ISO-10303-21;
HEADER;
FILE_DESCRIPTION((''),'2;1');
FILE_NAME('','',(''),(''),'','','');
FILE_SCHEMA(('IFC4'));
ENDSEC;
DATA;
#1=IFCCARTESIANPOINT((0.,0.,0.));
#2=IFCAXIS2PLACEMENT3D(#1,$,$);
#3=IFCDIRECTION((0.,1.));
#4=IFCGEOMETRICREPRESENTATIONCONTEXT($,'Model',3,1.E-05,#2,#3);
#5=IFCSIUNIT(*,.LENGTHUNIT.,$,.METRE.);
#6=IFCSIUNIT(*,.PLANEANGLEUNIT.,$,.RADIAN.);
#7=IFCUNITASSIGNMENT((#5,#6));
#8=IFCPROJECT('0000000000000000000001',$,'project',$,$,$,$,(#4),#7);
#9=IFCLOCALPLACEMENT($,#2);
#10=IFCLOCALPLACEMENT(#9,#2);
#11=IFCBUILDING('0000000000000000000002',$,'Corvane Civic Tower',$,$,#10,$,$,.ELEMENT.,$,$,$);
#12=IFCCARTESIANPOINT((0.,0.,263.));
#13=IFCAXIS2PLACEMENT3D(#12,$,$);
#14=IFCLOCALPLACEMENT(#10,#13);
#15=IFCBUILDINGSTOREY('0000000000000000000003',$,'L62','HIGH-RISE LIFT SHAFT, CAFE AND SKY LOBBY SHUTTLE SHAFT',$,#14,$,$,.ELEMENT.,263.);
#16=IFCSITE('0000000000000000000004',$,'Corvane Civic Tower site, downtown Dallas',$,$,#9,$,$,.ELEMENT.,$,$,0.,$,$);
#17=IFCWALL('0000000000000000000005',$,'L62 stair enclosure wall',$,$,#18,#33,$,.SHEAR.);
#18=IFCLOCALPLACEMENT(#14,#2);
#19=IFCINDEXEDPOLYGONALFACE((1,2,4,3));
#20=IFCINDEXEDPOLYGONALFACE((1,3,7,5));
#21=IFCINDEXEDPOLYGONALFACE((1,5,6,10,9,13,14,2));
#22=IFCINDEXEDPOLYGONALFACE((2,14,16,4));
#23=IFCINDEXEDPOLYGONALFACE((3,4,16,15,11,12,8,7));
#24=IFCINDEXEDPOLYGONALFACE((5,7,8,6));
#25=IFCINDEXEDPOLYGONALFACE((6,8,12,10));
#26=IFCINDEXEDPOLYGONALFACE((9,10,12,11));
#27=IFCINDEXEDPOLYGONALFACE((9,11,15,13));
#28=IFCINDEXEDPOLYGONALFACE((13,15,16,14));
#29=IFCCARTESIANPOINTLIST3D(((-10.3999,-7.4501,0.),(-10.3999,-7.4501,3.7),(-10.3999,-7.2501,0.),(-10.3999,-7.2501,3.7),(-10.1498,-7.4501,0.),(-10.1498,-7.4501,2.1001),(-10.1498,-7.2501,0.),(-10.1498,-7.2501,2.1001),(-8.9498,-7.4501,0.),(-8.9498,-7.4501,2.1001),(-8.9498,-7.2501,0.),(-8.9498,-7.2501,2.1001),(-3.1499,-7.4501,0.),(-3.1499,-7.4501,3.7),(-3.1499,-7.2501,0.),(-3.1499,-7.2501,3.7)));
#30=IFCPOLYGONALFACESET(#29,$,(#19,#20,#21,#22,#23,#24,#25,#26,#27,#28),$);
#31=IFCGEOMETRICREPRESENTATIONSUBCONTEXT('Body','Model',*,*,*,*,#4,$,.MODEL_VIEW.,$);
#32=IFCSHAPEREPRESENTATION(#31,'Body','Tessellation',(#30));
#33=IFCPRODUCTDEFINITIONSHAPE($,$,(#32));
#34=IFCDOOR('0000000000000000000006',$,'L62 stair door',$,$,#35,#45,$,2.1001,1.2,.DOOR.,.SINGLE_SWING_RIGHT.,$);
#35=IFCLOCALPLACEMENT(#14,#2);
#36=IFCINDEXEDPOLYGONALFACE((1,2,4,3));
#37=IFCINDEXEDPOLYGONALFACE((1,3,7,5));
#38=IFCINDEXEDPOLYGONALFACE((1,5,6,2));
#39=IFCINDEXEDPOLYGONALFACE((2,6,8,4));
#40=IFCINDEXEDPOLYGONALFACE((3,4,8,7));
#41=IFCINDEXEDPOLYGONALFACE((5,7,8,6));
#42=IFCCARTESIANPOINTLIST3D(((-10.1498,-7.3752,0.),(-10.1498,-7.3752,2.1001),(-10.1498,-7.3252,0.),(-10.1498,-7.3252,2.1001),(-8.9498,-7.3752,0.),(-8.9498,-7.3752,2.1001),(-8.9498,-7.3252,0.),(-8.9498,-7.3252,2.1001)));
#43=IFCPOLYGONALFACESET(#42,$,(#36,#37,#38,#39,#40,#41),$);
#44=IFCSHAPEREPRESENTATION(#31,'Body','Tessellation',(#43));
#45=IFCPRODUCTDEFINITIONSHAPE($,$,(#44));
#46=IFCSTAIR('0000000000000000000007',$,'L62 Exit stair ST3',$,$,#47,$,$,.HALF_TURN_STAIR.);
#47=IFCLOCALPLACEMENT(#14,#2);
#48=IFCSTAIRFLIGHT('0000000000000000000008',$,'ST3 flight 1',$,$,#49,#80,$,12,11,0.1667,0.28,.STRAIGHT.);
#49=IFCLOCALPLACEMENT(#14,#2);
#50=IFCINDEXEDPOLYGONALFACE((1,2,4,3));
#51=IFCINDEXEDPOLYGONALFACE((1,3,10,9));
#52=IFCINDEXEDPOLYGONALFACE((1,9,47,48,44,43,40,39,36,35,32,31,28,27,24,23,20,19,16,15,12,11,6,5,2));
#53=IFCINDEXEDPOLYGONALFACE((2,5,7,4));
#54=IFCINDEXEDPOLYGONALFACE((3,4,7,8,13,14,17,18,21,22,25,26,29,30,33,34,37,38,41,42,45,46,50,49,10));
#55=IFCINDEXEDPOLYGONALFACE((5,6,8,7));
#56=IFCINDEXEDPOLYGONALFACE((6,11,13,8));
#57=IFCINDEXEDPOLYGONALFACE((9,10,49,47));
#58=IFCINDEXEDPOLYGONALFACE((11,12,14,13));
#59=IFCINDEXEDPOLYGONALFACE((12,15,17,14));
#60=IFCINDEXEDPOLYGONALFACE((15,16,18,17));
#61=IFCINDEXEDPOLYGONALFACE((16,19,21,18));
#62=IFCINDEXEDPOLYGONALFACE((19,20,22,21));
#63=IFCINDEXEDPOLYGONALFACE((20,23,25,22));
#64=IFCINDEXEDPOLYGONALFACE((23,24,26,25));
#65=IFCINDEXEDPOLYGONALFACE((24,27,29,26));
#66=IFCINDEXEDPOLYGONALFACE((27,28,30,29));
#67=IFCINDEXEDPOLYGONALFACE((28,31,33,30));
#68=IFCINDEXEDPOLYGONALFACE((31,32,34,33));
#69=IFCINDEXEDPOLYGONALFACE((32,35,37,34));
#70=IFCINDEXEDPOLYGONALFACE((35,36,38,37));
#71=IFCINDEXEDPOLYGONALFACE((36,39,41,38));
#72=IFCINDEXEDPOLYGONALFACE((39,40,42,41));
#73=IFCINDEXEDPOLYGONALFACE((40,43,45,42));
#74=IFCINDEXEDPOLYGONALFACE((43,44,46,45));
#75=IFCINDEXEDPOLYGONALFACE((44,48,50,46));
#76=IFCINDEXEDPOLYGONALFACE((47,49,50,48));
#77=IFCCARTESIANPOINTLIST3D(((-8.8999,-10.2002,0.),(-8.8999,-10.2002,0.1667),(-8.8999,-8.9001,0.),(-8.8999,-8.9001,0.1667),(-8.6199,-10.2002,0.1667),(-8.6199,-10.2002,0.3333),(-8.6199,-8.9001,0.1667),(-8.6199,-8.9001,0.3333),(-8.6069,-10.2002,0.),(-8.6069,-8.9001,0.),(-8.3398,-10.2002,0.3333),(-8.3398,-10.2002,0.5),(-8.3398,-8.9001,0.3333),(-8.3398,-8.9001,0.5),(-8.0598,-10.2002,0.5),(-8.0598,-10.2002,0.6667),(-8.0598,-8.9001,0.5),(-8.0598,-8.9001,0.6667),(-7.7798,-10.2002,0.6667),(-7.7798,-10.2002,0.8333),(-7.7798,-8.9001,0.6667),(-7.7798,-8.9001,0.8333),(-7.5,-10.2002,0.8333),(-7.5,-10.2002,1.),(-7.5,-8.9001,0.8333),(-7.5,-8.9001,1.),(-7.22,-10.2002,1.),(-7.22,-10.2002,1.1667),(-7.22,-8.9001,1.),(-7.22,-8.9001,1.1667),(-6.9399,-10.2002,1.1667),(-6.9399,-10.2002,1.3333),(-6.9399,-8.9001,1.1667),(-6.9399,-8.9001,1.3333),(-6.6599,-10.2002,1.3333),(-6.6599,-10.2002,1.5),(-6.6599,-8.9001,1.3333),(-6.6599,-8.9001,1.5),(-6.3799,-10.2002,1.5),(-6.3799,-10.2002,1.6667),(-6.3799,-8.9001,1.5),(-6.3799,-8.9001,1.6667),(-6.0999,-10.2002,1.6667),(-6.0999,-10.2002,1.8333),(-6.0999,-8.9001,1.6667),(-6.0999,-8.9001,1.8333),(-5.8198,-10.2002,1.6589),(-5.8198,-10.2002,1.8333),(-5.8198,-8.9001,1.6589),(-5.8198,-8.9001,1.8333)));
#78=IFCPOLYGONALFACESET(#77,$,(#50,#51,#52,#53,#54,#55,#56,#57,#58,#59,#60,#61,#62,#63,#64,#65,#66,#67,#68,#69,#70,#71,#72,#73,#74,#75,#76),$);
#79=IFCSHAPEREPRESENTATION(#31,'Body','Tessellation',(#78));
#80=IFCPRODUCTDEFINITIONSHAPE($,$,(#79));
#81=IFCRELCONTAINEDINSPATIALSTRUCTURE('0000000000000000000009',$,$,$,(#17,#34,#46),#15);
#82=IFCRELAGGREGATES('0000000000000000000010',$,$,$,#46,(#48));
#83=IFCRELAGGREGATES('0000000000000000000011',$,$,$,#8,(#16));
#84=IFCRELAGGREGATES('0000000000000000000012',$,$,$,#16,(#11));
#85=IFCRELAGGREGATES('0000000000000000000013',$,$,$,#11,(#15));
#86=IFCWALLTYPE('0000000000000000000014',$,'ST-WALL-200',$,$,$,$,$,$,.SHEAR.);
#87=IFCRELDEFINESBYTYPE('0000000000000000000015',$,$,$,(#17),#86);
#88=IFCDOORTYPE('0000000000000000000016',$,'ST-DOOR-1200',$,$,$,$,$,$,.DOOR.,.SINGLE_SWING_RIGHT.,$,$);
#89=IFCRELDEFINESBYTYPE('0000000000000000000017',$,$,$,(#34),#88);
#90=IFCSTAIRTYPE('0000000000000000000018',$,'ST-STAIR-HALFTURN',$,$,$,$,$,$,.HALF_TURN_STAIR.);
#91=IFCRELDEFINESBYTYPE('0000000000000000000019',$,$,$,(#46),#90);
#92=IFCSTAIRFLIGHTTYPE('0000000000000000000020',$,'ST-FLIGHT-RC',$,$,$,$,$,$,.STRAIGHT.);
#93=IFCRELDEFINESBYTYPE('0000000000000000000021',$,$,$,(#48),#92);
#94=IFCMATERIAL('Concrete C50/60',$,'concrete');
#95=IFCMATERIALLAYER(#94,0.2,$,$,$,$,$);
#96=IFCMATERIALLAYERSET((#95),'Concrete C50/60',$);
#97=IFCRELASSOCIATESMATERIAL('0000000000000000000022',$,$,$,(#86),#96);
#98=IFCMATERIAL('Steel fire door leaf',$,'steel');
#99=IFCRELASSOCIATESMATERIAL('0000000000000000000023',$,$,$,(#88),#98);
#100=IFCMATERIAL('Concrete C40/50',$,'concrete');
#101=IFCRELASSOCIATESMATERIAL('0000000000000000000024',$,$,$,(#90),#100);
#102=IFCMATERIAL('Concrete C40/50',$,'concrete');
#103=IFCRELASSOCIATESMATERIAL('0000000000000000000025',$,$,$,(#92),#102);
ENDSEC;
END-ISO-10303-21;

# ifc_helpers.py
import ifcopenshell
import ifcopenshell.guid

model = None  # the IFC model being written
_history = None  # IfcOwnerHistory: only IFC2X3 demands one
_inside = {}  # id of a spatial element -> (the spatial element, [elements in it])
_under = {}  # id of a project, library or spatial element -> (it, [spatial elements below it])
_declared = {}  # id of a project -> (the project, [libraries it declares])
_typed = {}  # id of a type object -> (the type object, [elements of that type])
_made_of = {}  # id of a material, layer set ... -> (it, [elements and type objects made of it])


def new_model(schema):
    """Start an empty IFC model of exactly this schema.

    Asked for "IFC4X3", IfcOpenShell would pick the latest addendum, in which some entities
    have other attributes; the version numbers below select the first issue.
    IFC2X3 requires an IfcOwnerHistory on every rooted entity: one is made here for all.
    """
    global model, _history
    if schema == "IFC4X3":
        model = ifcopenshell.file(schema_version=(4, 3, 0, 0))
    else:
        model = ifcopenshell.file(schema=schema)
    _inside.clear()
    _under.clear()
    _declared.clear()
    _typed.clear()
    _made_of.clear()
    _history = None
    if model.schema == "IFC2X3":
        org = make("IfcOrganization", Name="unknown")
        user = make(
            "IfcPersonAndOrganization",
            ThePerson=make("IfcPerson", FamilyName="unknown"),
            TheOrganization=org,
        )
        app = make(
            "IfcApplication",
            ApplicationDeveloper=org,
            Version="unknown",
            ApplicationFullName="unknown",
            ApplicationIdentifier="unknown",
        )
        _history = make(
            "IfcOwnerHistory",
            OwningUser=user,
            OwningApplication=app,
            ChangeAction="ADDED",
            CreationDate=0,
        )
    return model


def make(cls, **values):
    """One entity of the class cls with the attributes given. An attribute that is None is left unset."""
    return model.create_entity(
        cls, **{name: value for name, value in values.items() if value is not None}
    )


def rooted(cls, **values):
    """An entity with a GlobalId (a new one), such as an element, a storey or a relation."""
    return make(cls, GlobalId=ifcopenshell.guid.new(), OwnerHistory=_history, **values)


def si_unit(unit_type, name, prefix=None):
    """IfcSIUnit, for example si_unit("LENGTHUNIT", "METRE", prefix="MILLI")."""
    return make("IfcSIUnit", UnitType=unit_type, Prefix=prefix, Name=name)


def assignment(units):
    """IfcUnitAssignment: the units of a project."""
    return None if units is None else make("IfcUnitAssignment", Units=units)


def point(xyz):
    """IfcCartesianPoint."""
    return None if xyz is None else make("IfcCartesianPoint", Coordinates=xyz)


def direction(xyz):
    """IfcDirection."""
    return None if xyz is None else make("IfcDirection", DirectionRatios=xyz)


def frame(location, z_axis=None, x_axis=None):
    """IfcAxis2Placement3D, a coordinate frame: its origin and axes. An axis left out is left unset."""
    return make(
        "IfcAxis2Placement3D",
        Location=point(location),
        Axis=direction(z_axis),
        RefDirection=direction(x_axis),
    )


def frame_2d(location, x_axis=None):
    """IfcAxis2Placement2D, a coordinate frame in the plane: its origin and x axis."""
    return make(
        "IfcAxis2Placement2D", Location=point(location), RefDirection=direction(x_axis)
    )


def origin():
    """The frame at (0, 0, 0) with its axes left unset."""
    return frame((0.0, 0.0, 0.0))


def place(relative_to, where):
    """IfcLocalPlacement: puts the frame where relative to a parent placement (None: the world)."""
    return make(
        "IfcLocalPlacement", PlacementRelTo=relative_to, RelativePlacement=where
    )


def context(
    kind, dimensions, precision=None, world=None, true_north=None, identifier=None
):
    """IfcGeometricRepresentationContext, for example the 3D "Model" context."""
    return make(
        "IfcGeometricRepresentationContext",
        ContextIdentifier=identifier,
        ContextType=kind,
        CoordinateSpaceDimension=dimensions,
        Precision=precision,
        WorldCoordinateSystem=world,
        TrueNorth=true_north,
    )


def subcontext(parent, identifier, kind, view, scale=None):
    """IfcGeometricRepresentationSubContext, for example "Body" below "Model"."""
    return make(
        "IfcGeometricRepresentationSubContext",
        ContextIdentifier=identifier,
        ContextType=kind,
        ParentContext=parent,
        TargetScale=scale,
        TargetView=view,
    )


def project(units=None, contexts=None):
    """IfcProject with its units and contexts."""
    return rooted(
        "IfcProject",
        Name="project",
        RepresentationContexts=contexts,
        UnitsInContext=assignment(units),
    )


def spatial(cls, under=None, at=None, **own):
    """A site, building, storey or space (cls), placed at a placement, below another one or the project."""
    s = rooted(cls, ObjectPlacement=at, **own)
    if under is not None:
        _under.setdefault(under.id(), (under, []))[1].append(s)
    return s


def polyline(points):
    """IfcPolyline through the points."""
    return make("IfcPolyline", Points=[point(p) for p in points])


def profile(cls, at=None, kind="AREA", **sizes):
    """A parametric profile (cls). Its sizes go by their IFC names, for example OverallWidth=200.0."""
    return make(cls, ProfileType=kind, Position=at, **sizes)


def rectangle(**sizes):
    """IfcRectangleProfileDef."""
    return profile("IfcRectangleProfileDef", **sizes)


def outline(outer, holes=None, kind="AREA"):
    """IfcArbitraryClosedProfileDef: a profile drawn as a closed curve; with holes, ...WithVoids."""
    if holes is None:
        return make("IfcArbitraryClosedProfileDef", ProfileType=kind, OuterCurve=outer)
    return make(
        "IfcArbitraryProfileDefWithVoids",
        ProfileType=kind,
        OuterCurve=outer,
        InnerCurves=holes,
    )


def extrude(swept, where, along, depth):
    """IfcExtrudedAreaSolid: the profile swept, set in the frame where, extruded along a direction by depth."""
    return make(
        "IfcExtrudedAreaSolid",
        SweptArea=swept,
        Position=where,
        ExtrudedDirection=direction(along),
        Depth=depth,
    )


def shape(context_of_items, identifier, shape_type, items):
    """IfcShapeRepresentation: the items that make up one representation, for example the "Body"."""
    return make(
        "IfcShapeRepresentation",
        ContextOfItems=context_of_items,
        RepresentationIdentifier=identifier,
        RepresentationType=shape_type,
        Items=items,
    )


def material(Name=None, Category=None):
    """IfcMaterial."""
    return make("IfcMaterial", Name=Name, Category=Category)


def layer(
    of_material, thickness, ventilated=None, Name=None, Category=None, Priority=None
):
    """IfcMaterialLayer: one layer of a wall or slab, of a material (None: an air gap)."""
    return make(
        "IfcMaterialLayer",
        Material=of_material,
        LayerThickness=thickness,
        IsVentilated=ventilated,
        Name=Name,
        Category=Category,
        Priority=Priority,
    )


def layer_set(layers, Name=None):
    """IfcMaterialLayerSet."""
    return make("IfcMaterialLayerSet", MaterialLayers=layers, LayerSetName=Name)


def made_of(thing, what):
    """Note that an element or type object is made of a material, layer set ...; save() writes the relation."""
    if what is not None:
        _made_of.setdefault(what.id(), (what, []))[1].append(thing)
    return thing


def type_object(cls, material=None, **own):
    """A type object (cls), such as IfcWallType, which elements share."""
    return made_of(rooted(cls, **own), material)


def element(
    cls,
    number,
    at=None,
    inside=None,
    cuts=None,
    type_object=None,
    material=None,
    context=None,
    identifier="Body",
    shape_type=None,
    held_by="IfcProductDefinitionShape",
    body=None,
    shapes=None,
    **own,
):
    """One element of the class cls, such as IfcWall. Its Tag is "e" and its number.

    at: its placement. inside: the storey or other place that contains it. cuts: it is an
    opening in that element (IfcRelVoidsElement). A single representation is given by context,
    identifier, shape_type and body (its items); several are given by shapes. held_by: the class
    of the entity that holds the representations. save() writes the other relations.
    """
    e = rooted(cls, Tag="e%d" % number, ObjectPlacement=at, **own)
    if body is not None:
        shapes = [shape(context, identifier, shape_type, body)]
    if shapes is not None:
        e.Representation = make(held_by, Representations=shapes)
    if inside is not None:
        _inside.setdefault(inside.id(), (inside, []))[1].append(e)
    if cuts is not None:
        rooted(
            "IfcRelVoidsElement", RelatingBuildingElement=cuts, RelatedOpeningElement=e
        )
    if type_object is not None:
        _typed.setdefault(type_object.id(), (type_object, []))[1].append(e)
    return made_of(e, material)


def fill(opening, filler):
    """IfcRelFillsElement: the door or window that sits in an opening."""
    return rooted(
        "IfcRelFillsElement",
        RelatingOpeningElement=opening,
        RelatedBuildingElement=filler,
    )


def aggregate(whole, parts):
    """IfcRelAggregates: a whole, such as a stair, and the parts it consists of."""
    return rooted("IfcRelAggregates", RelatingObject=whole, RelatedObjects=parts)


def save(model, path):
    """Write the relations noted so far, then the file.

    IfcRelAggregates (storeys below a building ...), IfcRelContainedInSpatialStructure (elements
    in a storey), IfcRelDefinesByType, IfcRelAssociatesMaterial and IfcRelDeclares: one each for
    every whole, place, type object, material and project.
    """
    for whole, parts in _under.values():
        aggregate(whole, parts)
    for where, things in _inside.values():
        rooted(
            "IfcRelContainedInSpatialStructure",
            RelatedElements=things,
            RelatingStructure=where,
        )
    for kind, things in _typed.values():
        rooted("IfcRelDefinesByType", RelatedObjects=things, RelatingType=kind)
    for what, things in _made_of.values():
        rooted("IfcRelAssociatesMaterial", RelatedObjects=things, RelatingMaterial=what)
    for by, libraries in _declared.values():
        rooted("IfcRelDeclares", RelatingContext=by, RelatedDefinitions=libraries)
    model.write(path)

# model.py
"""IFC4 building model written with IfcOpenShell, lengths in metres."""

from ifc_helpers import new_model, si_unit, direction, frame, frame_2d, origin, place, context, subcontext, project, spatial, polyline, rectangle, outline, extrude, material, layer, layer_set, type_object, element, fill, aggregate, save


model = new_model("IFC4")

# Units and contexts
model_context = context("Model", 3, precision=1e-05, world=origin(), true_north=direction((0.0, 1.0)))
body_context = subcontext(model_context, "Body", "Model", "MODEL_VIEW")
ifc_project = project(units=[si_unit("LENGTHUNIT", "METRE"), si_unit("PLANEANGLEUNIT", "RADIAN")], contexts=[model_context])

# Site, building, storey
site_placement = place(None, origin())
site = spatial("IfcSite", under=ifc_project, at=site_placement, Name="Corvane Civic Tower site, downtown Dallas", CompositionType="ELEMENT", RefElevation=0.0)
building_placement = place(site_placement, origin())
building = spatial("IfcBuilding", under=site, at=building_placement, Name="Corvane Civic Tower", CompositionType="ELEMENT")
storey_placement = place(building_placement, frame((0.0, 0.0, 263.0)))
storey = spatial("IfcBuildingStorey", under=building, at=storey_placement, Name="L62", Description="HIGH-RISE LIFT SHAFT, CAFE AND SKY LOBBY SHUTTLE SHAFT", CompositionType="ELEMENT", Elevation=263.0)

# Wall, opening, door
ifc_material_1 = material(Name="Concrete C50/60", Category="concrete")
ifc_layer_1 = layer(ifc_material_1, 0.2)
ifc_layer_set_1 = layer_set([ifc_layer_1], Name="Concrete C50/60")
wall_type_1 = type_object("IfcWallType", Name="ST-WALL-200", PredefinedType="SHEAR", material=ifc_layer_set_1)
wall_1_placement = place(storey_placement, frame((-10.3999, -7.3501, 0.0), z_axis=(0.0, 0.0, 1.0), x_axis=(1.0, 0.0, 0.0)))
wall_1 = element("IfcWall", 1, at=wall_1_placement, inside=storey, type_object=wall_type_1, Name="L62 stair enclosure wall", PredefinedType="SHEAR", context=body_context, shape_type="SweptSolid", body=[
    extrude(rectangle(XDim=7.25, YDim=0.2, at=frame_2d((3.625, 0.0))), origin(), (0.0, 0.0, 1.0), 3.7),
])
opening_1_placement = place(wall_1_placement, frame((0.25, 0.0, 0.0)))
opening_1 = element("IfcOpeningElement", 2, at=opening_1_placement, cuts=wall_1, PredefinedType="OPENING", context=body_context, shape_type="SweptSolid", body=[
    extrude(rectangle(XDim=1.2, YDim=2.1001, at=frame_2d((0.6001, 1.05))), frame((0.0, 0.1099, 0.0), z_axis=(0.0, -1.0, 0.0), x_axis=(1.0, 0.0, 0.0)), (0.0, 0.0, 1.0), 0.22),
])
ifc_material_2 = material(Name="Steel fire door leaf", Category="steel")
door_type_1 = type_object("IfcDoorType", Name="ST-DOOR-1200", OperationType="SINGLE_SWING_RIGHT", PredefinedType="DOOR", material=ifc_material_2)
door_1_placement = place(opening_1_placement, origin())
door_1 = element("IfcDoor", 3, at=door_1_placement, inside=storey, type_object=door_type_1, Name="L62 stair door", OperationType="SINGLE_SWING_RIGHT", OverallHeight=2.1001, OverallWidth=1.2, PredefinedType="DOOR", context=body_context, shape_type="SweptSolid", body=[
    extrude(rectangle(XDim=1.2, YDim=2.1001, at=frame_2d((0.6001, 1.05))), frame((0.0, 0.0249, 0.0), z_axis=(0.0, -1.0, 0.0), x_axis=(1.0, 0.0, 0.0)), (0.0, 0.0, 1.0), 0.05),
])
fill(opening_1, door_1)

# Stair, stair flight
ifc_material_3 = material(Name="Concrete C40/50", Category="concrete")
stair_type = type_object("IfcStairType", Name="ST-STAIR-HALFTURN", PredefinedType="HALF_TURN_STAIR", material=ifc_material_3)
stair_placement = place(storey_placement, origin())
stair = element("IfcStair", 4, at=stair_placement, inside=storey, type_object=stair_type, Name="L62 Exit stair ST3", PredefinedType="HALF_TURN_STAIR")
ifc_material_4 = material(Name="Concrete C40/50", Category="concrete")
stair_flight_type = type_object("IfcStairFlightType", Name="ST-FLIGHT-RC", PredefinedType="STRAIGHT", material=ifc_material_4)
stair_flight_placement = place(storey_placement, frame((-8.8999, -9.55, 0.0), z_axis=(0.0, 0.0, 1.0), x_axis=(1.0, 0.0, 0.0)))
stair_flight = element("IfcStairFlight", 5, at=stair_flight_placement, type_object=stair_flight_type, Name="ST3 flight 1", NumberOfRisers=12, NumberOfTreads=11, PredefinedType="STRAIGHT", RiserHeight=0.1667, TreadLength=0.28, context=body_context, shape_type="SweptSolid", body=[
    extrude(outline(polyline([(0.0, 0.0), (0.0, 0.1667), (0.28, 0.1667), (0.28, 0.3333), (0.5601, 0.3333), (0.5601, 0.5), (0.8401, 0.5), (0.8401, 0.6667), (1.1201, 0.6667), (1.1201, 0.8333), (1.3999, 0.8333), (1.3999, 1.0), (1.6799, 1.0), (1.6799, 1.1667), (1.96, 1.1667), (1.96, 1.3333), (2.24, 1.3333), (2.24, 1.5), (2.52, 1.5), (2.52, 1.6667), (2.8, 1.6667), (2.8, 1.8333), (3.0801, 1.8333), (3.0801, 2.0), (3.0801, 1.6589), (0.293, 0.0), (0.0, 0.0)])), frame((0.0, 0.6499, 0.0), z_axis=(0.0, -1.0, 0.0), x_axis=(1.0, 0.0, 0.0)), (0.0, 0.0, 1.0), 1.3),
])
aggregate(stair, [stair_flight])

save(model, "model.ifc")
